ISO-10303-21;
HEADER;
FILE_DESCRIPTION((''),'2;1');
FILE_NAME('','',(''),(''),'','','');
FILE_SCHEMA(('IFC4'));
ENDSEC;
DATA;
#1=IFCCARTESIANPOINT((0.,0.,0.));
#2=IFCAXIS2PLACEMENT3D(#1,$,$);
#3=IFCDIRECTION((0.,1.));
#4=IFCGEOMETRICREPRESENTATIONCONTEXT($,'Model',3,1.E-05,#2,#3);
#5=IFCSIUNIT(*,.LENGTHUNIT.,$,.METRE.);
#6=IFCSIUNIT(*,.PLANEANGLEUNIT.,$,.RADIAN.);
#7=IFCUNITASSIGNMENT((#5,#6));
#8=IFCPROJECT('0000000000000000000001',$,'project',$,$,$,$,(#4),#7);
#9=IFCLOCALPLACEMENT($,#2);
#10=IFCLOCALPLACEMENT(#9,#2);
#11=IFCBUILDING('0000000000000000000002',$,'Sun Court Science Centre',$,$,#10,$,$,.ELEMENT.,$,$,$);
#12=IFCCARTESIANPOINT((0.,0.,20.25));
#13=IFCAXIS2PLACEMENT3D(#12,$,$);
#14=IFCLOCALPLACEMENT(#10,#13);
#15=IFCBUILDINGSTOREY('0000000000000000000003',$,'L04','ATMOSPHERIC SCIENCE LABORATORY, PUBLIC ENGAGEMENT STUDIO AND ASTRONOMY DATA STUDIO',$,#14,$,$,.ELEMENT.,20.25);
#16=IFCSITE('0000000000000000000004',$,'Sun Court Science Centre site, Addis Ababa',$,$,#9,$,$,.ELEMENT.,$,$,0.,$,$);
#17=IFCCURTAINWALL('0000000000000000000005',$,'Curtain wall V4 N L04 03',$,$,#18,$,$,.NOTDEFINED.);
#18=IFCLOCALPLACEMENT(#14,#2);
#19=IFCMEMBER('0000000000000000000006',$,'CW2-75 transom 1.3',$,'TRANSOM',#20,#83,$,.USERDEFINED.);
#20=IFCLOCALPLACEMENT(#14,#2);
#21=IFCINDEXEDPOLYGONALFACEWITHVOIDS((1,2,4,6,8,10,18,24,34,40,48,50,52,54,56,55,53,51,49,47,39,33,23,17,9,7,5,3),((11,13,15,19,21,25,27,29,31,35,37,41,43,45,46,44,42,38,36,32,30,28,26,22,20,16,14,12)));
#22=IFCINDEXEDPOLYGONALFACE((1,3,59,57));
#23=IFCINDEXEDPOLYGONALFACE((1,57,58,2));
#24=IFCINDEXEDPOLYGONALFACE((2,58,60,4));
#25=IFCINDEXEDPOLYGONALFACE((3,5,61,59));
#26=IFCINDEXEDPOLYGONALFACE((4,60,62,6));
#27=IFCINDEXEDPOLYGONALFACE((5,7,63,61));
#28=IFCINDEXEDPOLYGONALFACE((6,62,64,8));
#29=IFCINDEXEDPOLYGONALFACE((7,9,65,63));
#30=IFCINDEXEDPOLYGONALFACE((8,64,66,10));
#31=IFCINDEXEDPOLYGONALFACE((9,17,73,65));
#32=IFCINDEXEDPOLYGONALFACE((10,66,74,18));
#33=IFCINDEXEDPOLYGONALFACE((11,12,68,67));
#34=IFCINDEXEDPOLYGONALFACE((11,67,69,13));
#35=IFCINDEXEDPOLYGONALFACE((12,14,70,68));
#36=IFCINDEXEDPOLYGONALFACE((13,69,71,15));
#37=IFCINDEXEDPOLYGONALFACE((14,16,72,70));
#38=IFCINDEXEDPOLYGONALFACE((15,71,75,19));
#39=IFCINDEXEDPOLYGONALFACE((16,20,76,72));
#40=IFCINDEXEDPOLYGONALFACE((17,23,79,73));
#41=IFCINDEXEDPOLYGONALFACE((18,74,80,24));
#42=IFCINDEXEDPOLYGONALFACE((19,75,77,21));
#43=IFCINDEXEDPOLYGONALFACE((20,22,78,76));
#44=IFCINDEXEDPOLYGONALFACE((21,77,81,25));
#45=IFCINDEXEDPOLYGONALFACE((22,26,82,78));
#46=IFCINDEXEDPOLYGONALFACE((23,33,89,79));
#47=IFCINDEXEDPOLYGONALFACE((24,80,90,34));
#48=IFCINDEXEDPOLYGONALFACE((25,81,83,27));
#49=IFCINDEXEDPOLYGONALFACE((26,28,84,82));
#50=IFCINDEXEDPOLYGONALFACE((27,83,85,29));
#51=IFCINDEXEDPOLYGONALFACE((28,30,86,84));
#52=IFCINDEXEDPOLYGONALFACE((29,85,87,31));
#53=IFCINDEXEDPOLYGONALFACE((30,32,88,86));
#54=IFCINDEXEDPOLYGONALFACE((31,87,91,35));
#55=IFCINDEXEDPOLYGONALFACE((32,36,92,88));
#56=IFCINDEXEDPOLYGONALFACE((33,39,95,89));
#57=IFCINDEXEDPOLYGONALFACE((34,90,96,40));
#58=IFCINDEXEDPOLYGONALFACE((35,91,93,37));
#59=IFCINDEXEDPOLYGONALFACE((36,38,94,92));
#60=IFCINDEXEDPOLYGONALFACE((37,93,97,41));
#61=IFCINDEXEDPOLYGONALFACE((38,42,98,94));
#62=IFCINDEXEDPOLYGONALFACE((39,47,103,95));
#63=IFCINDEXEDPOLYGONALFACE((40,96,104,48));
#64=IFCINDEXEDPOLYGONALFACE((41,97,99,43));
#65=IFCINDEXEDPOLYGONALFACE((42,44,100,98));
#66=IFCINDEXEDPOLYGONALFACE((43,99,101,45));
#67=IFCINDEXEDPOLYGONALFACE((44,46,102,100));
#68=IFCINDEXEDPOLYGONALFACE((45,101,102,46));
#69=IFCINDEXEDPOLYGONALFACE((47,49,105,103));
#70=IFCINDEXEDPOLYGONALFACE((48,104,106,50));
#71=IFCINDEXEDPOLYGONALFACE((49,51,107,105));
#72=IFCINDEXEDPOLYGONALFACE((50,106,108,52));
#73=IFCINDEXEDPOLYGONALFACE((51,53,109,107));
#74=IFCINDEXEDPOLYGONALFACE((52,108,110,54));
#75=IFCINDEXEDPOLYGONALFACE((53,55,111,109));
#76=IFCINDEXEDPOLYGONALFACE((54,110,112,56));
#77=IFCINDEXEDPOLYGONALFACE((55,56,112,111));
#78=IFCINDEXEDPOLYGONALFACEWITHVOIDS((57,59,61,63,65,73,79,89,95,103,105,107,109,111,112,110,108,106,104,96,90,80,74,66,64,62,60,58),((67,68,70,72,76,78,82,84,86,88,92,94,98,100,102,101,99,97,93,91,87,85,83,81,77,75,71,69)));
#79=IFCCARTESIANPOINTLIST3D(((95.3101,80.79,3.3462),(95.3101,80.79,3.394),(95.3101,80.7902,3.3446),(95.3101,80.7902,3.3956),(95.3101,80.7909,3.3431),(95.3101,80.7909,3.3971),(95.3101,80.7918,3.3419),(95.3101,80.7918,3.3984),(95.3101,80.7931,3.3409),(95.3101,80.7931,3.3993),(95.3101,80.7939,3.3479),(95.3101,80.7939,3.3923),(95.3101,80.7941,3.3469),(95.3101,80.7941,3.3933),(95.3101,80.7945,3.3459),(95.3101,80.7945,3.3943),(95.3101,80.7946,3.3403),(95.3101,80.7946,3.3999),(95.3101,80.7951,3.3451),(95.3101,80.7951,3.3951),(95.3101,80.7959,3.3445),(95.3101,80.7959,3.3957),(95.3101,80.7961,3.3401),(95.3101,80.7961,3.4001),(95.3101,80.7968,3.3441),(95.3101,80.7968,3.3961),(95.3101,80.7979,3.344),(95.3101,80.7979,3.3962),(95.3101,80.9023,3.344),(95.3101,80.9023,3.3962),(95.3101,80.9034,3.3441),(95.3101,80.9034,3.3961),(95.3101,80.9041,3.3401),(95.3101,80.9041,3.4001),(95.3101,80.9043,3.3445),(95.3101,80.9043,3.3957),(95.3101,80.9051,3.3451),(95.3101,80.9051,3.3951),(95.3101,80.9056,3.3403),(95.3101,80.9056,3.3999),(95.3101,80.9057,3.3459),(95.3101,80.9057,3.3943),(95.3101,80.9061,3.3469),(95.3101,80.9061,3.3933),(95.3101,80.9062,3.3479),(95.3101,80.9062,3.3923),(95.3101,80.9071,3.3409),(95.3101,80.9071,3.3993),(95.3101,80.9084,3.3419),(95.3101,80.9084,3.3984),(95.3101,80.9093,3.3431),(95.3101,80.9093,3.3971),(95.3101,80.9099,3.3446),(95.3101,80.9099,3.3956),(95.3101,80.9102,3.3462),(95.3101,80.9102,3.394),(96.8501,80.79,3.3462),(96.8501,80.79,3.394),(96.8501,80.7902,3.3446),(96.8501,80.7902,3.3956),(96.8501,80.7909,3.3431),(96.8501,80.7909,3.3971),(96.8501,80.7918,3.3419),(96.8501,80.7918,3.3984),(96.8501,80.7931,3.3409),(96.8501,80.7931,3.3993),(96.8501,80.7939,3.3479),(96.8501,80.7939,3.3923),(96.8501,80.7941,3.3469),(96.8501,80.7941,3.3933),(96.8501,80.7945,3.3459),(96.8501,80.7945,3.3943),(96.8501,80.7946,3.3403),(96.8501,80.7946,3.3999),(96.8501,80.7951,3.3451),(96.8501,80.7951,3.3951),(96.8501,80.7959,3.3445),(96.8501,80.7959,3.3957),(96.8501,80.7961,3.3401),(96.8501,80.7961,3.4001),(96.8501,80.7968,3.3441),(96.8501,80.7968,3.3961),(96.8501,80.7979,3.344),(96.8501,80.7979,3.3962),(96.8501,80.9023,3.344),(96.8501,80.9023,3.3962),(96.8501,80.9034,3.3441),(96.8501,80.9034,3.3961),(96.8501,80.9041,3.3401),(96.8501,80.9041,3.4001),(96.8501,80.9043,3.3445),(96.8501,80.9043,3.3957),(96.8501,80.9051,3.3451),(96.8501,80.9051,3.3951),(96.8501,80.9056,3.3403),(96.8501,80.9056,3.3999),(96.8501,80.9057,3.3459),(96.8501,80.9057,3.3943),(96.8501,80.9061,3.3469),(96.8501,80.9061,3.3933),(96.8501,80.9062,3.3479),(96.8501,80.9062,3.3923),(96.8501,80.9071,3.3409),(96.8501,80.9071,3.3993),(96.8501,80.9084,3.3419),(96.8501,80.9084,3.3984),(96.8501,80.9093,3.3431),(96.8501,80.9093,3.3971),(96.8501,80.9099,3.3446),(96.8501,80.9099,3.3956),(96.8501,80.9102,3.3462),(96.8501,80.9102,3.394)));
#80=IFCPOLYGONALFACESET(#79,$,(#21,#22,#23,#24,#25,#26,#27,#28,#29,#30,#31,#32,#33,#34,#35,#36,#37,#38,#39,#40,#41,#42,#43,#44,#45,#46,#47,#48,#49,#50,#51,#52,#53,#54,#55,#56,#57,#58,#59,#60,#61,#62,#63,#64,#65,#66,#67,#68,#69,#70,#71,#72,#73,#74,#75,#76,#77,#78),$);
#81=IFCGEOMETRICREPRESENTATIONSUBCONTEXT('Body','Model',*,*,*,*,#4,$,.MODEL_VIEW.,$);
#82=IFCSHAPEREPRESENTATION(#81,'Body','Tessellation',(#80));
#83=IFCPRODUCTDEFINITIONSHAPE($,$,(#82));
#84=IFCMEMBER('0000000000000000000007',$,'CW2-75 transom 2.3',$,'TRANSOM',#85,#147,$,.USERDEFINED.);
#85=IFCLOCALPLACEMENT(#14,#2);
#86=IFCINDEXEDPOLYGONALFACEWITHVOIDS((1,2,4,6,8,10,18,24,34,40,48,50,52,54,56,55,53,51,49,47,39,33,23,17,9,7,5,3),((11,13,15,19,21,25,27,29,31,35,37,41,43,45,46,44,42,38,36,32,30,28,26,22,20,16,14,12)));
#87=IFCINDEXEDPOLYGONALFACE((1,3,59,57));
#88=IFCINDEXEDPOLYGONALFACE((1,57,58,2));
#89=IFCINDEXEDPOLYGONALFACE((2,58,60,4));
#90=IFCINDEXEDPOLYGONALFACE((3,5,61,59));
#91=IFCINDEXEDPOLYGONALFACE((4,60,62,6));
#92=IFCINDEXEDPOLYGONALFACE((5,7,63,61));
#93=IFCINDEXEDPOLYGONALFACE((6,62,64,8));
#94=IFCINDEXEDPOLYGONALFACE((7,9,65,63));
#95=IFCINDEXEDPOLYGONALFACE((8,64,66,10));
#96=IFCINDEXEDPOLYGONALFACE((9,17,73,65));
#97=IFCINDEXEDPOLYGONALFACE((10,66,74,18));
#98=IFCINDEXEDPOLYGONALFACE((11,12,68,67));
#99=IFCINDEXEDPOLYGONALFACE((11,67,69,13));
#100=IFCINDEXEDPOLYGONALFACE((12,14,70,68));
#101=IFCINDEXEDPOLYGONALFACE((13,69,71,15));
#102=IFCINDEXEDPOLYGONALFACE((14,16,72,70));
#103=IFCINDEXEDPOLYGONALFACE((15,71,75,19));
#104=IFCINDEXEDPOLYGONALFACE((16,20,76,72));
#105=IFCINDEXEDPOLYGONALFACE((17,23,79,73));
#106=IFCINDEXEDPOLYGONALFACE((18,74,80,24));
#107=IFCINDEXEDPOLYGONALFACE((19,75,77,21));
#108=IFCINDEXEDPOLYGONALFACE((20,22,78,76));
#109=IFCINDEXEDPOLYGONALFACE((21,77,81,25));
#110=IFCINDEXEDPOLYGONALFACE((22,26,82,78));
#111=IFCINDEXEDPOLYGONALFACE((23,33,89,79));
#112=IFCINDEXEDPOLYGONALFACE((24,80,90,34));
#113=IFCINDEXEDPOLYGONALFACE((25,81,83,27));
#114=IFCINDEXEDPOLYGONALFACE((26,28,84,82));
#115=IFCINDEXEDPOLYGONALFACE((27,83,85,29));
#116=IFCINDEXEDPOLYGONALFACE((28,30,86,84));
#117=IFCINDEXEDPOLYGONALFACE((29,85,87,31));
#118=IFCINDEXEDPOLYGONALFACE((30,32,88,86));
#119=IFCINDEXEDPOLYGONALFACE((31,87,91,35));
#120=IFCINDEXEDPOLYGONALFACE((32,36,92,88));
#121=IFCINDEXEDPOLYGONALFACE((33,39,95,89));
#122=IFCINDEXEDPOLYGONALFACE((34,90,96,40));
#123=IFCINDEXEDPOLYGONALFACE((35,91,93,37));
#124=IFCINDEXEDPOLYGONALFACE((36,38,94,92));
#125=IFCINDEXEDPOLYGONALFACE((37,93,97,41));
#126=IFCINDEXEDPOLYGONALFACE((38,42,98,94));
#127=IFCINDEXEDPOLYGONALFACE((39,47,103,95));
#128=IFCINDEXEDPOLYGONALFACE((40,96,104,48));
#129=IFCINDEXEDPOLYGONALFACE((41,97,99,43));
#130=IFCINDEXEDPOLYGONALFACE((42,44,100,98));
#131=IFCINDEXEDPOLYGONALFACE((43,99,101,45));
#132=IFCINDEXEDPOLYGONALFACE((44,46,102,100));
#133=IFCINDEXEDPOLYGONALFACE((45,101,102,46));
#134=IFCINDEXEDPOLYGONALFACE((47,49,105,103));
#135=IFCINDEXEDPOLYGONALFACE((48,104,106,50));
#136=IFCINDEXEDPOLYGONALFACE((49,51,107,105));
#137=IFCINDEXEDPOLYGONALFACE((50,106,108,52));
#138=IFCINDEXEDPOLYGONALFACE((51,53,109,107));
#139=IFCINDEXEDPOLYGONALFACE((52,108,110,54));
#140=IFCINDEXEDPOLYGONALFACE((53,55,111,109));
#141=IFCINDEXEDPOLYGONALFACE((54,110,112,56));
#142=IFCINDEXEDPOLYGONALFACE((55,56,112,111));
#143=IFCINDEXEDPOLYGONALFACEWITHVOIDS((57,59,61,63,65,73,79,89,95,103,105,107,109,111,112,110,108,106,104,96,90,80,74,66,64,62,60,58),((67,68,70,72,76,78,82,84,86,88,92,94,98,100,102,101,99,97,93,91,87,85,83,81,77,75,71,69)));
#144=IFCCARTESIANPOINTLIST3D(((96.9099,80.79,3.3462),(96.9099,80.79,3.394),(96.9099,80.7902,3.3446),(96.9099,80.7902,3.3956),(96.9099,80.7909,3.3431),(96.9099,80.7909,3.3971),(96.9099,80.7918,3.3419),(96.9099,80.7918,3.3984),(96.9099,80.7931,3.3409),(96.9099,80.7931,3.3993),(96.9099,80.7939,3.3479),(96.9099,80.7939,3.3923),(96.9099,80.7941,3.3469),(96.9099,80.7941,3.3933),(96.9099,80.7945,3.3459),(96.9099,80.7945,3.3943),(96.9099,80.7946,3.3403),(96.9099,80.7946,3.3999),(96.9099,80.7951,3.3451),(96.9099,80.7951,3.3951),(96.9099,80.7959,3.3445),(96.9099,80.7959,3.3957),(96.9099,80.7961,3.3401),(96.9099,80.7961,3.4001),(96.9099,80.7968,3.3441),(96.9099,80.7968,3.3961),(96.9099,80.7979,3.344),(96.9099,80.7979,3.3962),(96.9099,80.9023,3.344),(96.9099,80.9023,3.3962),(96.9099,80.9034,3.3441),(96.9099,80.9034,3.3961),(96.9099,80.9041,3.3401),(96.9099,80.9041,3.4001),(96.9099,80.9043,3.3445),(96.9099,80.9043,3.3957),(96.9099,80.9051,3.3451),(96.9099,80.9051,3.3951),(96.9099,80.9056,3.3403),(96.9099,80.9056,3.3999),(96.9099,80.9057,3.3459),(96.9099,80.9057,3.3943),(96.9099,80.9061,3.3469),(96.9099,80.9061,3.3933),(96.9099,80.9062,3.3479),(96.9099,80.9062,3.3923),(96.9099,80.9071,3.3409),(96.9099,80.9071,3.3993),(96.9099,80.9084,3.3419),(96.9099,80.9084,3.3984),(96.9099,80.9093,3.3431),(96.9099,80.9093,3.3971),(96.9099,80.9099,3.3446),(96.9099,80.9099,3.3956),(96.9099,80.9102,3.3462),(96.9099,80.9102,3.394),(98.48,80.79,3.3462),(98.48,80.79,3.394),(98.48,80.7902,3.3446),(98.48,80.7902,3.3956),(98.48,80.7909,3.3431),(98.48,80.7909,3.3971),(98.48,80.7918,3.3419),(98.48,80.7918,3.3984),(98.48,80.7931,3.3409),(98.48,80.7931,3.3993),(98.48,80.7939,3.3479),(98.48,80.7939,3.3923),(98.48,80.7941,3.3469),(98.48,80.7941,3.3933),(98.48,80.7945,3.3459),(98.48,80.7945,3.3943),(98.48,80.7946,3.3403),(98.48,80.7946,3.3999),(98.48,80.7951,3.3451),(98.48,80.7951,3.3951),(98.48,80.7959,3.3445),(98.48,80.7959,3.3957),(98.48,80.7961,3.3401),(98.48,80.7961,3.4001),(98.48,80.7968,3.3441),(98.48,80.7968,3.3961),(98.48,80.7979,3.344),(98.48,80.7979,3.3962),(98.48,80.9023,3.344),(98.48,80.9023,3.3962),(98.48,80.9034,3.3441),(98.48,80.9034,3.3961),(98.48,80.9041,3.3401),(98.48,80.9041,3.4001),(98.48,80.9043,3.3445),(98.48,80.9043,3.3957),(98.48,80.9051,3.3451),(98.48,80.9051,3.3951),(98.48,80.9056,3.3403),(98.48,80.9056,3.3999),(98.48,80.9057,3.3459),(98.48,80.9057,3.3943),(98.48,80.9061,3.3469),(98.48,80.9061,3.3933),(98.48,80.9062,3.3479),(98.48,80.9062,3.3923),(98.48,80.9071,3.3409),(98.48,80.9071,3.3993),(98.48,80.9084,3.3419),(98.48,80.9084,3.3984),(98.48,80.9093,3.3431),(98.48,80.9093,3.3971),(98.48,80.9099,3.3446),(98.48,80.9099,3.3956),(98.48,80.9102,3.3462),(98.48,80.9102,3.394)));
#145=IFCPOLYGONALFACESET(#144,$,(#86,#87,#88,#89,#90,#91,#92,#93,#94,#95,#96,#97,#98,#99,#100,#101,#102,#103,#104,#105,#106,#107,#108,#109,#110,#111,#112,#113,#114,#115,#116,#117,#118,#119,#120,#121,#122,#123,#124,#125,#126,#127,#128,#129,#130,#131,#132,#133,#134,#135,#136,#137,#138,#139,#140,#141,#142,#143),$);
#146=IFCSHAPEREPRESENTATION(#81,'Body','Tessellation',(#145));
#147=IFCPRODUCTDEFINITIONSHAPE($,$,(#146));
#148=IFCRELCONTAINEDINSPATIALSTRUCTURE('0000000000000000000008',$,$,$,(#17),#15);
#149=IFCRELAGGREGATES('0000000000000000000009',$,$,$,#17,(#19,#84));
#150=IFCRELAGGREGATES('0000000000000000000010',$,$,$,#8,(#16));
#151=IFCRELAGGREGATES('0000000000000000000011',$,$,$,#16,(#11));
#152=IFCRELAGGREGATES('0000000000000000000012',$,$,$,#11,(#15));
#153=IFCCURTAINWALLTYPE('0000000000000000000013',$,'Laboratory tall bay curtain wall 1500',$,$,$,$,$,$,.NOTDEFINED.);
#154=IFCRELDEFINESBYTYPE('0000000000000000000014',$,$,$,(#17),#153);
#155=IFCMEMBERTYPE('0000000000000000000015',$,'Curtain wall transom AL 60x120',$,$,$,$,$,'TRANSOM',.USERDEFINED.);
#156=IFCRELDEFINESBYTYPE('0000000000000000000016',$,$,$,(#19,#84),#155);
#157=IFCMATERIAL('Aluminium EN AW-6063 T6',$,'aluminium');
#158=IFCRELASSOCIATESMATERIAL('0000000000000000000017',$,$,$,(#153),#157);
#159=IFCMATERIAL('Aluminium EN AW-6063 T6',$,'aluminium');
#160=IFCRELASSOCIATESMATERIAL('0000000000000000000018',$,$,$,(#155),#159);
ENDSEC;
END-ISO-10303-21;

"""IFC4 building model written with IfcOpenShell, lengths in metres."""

from ifc_helpers import new_model, si_unit, direction, frame, origin, origin_2d, place, context, subcontext, project, spatial, hollow_rectangle, extrude, material, material_profile, profile_set, type_object, element, aggregate, save


model = new_model("IFC4")

# Units and contexts
model_context = context("Model", 3, precision=1e-05, world=origin(), true_north=direction((0.0, 1.0)))
body_context = subcontext(model_context, "Body", "Model", "MODEL_VIEW")
ifc_project = project(units=[si_unit("LENGTHUNIT", "METRE"), si_unit("PLANEANGLEUNIT", "RADIAN")], contexts=[model_context])

# Site, building, storey
site_placement = place(None, origin())
site = spatial("IfcSite", under=ifc_project, at=site_placement, Name="Sun Court Science Centre site, Addis Ababa", CompositionType="ELEMENT", RefElevation=0.0)
building_placement = place(site_placement, origin())
building = spatial("IfcBuilding", under=site, at=building_placement, Name="Sun Court Science Centre", CompositionType="ELEMENT")
storey_placement = place(building_placement, frame((0.0, 0.0, 20.25)))
storey = spatial("IfcBuildingStorey", under=building, at=storey_placement, Name="L04", Description="ATMOSPHERIC SCIENCE LABORATORY, PUBLIC ENGAGEMENT STUDIO AND ASTRONOMY DATA STUDIO", CompositionType="ELEMENT", Elevation=20.25)

# Curtain wall, members
ifc_material_1 = material(Name="Aluminium EN AW-6063 T6", Category="aluminium")
curtain_wall_type = type_object("IfcCurtainWallType", Name="Laboratory tall bay curtain wall 1500", PredefinedType="NOTDEFINED", material=ifc_material_1)
curtain_wall_placement = place(storey_placement, origin())
curtain_wall = element("IfcCurtainWall", 1, at=curtain_wall_placement, inside=storey, type_object=curtain_wall_type, Name="Curtain wall V4 N L04 03", PredefinedType="NOTDEFINED")
ifc_material_2 = material(Name="Aluminium EN AW-6063 T6", Category="aluminium")
ifc_material_profile_1 = material_profile(ifc_material_2, hollow_rectangle(XDim=0.0601, YDim=0.1201, WallThickness=0.0039, InnerFilletRadius=0.0039, OuterFilletRadius=0.0061, at=origin_2d()), Name="AL 60x120x4")
ifc_profile_set_1 = profile_set([ifc_material_profile_1], Name="Aluminium EN AW-6063 T6")
member_type_1 = type_object("IfcMemberType", Name="Curtain wall transom AL 60x120", ElementType="TRANSOM", PredefinedType="USERDEFINED", material=ifc_profile_set_1)
member_1_placement = place(storey_placement, frame((95.3101, 80.8501, 3.3701), z_axis=(1.0, 0.0, 0.0), x_axis=(0.0, 0.0, 1.0)))
member_1 = element("IfcMember", 2, at=member_1_placement, type_object=member_type_1, Name="CW2-75 transom 1.3", ObjectType="TRANSOM", PredefinedType="USERDEFINED", context=body_context, shape_type="SweptSolid", body=[
    extrude(hollow_rectangle(XDim=0.0601, YDim=0.1201, WallThickness=0.0039, InnerFilletRadius=0.0039, OuterFilletRadius=0.0061, at=origin_2d()), origin(), (0.0, 0.0, 1.0), 1.54),
])
member_2_placement = place(storey_placement, frame((96.9099, 80.8501, 3.3701), z_axis=(1.0, 0.0, 0.0), x_axis=(0.0, 0.0, 1.0)))
member_2 = element("IfcMember", 3, at=member_2_placement, type_object=member_type_1, Name="CW2-75 transom 2.3", ObjectType="TRANSOM", PredefinedType="USERDEFINED", context=body_context, shape_type="SweptSolid", body=[
    extrude(hollow_rectangle(XDim=0.0601, YDim=0.1201, WallThickness=0.0039, InnerFilletRadius=0.0039, OuterFilletRadius=0.0061, at=origin_2d()), origin(), (0.0, 0.0, 1.0), 1.5701),
])

aggregate(curtain_wall, [member_1, member_2])

save(model, "model.ifc")
